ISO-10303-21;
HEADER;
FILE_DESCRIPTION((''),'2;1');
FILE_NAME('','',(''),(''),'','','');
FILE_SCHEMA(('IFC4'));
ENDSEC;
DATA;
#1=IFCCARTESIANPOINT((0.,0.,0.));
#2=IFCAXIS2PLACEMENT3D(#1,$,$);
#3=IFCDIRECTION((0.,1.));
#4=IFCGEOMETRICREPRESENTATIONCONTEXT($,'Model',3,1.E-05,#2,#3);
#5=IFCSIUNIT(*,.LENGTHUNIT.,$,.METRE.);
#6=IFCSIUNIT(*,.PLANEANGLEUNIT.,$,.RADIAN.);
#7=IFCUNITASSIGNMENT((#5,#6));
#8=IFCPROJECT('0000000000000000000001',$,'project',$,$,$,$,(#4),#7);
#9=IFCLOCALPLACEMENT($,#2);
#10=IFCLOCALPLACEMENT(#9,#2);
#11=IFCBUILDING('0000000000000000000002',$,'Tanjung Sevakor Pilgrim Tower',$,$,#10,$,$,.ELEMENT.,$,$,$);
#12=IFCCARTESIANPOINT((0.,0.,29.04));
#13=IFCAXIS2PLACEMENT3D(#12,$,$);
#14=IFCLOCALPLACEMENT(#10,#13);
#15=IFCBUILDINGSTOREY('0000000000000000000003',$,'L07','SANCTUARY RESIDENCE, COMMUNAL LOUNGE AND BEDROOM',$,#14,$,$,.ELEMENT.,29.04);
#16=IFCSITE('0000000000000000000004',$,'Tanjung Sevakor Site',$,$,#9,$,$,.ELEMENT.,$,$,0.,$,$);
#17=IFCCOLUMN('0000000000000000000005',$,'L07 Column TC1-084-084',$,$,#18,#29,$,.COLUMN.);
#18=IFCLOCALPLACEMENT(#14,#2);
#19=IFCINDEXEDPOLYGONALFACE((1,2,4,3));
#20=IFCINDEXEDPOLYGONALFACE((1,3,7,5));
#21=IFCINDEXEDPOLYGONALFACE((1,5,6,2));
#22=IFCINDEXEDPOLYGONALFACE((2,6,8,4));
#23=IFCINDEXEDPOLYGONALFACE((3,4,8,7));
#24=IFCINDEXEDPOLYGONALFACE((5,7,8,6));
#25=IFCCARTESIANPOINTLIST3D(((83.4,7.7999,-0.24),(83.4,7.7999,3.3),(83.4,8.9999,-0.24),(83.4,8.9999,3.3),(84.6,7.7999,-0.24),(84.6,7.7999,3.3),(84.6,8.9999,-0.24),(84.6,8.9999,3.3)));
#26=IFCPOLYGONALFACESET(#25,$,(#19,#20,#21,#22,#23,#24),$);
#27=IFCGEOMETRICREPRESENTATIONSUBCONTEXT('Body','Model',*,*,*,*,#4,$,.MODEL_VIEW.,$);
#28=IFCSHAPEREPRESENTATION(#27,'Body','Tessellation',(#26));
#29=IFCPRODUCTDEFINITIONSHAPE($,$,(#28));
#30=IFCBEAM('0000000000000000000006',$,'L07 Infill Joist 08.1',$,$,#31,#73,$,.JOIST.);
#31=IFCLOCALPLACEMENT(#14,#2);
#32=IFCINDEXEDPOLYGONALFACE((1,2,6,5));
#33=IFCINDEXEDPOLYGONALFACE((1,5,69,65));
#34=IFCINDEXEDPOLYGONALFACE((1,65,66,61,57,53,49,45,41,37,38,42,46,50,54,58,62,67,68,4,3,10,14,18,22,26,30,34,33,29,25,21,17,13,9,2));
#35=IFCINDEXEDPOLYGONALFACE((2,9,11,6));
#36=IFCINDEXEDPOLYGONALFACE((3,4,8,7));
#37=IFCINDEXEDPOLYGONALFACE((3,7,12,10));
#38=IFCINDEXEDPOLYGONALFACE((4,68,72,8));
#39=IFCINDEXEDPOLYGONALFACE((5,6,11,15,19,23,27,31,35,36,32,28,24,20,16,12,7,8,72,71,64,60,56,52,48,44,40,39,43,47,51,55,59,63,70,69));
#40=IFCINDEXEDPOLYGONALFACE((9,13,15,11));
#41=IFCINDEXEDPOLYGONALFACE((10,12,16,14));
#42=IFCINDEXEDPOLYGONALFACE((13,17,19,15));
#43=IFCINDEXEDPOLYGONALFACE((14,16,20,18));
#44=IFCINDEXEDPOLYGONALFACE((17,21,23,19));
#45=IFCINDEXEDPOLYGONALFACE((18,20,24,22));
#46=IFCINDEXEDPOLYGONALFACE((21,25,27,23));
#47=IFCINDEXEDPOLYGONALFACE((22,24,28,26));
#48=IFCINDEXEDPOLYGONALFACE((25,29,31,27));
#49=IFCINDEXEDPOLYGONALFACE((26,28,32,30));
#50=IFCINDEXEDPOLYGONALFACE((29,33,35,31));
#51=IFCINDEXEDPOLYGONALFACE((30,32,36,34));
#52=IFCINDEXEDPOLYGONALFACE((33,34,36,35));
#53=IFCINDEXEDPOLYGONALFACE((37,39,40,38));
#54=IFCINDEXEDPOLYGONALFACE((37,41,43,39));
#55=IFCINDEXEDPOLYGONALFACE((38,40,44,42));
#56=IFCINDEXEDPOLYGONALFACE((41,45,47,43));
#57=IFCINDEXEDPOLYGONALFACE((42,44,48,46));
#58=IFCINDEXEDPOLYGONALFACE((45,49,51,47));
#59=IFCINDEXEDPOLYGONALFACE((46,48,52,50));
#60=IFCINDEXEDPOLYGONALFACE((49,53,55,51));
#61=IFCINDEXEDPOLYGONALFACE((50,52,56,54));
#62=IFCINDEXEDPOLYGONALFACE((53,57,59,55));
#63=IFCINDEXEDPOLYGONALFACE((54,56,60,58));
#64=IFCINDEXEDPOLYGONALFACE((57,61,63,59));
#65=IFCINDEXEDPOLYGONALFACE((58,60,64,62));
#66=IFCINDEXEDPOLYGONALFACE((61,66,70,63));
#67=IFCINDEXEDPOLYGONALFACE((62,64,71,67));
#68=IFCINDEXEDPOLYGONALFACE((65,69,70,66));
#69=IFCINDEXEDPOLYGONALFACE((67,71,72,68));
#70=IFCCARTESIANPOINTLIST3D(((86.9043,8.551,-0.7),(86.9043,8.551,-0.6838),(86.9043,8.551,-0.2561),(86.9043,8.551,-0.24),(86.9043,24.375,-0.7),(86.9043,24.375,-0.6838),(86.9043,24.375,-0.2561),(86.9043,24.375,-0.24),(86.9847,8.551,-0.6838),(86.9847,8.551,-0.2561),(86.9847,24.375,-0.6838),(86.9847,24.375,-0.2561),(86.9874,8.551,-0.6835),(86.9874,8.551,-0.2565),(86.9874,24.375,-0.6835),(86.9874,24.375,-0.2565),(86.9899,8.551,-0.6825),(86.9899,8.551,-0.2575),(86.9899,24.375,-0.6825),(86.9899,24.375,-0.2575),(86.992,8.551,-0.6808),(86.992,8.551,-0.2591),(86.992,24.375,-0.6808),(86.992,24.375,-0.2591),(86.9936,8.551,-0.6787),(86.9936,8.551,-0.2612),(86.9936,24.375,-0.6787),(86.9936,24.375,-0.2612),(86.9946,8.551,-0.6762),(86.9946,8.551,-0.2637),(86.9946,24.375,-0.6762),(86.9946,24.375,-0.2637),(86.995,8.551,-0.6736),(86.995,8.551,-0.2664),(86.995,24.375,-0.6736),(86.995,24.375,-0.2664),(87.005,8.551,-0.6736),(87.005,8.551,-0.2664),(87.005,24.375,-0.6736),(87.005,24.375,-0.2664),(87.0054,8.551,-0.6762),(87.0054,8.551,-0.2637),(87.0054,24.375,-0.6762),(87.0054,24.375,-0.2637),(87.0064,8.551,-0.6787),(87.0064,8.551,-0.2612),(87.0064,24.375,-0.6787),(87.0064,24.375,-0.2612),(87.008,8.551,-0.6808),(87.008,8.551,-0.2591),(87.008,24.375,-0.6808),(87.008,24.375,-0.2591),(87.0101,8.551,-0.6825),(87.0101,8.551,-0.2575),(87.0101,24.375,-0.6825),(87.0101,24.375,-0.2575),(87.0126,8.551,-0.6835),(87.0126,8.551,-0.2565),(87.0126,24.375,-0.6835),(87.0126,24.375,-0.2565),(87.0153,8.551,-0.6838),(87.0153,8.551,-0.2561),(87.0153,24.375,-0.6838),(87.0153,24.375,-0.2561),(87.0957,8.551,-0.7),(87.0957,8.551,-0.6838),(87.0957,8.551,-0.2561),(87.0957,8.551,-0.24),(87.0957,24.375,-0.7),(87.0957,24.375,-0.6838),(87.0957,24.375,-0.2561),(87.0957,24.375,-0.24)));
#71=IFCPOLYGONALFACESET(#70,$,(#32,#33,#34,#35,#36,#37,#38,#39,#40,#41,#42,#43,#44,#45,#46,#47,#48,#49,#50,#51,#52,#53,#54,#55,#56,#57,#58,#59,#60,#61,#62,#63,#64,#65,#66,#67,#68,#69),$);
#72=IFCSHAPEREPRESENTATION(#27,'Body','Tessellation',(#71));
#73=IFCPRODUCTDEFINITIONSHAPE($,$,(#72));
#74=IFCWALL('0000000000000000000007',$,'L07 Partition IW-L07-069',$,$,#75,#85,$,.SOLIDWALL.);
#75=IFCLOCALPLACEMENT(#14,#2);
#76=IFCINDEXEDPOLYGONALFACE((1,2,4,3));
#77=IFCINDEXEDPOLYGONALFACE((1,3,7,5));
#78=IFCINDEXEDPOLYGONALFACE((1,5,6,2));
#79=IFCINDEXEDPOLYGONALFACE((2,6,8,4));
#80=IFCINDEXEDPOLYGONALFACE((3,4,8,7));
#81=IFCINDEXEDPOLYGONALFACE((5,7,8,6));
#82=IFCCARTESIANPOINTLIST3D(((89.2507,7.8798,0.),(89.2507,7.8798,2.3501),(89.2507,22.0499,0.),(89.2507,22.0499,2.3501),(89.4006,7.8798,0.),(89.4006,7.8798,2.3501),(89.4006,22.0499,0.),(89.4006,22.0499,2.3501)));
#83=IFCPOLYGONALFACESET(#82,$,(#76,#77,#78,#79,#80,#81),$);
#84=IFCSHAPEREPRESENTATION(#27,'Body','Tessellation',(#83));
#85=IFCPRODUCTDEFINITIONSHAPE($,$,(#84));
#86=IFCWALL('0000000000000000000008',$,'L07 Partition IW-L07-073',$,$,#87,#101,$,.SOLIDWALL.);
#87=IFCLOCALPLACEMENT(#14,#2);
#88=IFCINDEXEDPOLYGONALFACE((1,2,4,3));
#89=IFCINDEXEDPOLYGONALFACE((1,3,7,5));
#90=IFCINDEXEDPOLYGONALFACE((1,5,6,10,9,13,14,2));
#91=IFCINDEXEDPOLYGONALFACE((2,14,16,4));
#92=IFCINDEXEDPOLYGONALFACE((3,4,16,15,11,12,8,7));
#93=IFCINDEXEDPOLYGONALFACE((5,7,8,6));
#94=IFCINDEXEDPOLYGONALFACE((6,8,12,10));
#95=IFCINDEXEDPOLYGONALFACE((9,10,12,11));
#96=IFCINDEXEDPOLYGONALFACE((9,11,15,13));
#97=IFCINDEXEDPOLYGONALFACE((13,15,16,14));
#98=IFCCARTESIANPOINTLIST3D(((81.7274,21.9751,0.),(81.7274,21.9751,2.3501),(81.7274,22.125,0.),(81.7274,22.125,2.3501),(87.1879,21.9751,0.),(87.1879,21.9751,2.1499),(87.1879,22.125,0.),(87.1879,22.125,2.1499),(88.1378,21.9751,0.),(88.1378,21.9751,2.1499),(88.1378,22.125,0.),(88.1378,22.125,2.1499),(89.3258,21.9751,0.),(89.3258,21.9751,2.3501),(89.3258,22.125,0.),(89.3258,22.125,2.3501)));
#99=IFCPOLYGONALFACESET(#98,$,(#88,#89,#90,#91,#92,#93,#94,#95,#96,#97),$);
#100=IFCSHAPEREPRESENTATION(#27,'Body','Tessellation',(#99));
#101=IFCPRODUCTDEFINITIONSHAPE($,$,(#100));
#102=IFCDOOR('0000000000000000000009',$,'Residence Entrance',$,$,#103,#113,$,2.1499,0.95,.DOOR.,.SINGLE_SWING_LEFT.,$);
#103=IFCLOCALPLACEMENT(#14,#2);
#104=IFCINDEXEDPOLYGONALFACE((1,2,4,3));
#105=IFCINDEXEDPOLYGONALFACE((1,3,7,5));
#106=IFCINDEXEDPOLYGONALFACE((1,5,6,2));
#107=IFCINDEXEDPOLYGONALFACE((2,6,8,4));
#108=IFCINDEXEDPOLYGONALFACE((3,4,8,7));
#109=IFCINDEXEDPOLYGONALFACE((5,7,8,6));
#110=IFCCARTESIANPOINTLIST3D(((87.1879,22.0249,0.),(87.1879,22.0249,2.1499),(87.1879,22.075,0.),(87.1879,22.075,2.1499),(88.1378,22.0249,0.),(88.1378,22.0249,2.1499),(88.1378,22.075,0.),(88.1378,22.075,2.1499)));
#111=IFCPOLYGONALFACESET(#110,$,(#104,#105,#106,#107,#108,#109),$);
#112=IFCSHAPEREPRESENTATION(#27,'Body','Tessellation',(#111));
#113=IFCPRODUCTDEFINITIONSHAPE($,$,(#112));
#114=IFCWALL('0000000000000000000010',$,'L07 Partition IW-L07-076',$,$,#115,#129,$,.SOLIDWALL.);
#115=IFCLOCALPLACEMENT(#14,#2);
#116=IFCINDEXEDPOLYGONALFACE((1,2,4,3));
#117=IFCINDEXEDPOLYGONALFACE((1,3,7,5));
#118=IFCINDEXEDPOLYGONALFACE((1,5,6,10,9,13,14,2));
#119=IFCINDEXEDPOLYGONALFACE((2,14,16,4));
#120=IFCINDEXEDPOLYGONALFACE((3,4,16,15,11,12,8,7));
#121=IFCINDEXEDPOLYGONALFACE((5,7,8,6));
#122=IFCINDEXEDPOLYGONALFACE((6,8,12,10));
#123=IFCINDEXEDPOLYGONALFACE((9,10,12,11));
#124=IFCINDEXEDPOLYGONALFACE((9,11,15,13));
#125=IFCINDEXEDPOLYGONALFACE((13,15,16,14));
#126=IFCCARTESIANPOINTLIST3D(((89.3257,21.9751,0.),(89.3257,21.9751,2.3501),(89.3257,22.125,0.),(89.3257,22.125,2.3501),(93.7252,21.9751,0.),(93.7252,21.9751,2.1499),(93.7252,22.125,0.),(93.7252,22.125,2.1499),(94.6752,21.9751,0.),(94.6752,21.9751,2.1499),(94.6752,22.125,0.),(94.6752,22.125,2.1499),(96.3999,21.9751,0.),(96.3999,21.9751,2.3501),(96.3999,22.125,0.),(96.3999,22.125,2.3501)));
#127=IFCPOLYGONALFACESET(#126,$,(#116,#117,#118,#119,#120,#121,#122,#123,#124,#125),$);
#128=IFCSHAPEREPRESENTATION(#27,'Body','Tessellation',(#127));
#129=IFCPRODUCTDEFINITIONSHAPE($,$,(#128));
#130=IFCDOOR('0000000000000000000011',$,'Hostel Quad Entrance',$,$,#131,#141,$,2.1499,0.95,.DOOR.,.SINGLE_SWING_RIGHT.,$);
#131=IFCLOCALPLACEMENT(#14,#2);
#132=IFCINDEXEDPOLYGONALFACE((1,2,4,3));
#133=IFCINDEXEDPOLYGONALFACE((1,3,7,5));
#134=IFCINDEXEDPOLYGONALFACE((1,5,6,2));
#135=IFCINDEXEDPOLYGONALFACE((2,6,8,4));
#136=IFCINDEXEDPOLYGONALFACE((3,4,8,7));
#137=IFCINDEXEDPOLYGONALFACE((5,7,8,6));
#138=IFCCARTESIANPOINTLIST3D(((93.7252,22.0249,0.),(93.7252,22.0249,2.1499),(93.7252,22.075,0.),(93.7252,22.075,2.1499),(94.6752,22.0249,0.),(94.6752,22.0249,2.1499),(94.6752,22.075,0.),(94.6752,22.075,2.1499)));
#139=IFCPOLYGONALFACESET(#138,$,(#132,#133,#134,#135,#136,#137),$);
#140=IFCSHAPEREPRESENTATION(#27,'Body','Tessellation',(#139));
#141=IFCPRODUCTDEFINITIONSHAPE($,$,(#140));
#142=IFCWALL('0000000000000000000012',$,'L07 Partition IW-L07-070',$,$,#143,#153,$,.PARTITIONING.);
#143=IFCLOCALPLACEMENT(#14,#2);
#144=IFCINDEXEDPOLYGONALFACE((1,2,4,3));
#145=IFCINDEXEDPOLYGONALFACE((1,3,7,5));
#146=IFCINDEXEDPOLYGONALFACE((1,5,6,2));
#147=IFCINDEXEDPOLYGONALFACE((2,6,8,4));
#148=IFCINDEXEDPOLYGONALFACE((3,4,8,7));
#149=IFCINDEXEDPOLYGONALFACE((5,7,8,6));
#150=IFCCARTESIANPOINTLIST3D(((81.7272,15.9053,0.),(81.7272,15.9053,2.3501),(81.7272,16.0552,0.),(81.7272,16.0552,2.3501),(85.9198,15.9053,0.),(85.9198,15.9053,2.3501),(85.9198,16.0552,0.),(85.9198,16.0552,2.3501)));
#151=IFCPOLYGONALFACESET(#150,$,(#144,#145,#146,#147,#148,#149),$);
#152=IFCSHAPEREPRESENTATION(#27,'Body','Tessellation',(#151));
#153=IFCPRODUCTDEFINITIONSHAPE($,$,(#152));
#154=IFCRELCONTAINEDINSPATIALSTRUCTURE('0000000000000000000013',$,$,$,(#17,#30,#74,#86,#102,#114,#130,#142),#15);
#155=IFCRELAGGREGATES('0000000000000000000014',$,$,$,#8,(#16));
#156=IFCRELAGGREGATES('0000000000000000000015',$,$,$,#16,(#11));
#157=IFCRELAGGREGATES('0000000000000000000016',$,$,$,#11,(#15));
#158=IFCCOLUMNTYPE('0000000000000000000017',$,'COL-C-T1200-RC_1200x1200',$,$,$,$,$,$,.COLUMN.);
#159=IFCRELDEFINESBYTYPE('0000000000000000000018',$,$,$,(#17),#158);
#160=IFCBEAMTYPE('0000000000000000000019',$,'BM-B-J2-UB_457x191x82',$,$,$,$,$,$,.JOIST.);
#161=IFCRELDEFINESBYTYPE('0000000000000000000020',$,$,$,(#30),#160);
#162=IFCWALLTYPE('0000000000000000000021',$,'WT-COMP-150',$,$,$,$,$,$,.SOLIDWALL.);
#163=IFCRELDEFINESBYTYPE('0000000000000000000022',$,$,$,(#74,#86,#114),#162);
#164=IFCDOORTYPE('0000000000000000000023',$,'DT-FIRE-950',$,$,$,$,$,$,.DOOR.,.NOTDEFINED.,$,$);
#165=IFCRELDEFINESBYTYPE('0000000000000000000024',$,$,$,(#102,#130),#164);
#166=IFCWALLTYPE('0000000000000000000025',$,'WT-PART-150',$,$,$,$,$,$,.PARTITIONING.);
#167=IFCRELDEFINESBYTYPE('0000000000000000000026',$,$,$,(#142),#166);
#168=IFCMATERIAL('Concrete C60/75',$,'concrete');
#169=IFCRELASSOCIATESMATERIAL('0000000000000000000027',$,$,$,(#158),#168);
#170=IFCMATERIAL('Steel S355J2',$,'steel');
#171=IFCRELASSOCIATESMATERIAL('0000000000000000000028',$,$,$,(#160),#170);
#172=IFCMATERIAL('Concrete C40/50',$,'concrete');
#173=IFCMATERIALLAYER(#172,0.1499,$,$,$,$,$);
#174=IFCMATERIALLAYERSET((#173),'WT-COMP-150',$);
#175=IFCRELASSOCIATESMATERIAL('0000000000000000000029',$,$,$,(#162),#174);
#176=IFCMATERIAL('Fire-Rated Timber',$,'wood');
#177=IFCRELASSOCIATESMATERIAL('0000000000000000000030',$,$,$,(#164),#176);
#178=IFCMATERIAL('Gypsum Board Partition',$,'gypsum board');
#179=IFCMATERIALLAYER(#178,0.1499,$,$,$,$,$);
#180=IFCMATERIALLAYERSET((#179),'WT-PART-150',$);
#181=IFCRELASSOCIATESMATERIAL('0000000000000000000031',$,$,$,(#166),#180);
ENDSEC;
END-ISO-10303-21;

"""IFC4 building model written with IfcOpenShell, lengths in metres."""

from ifc_helpers import new_model, si_unit, direction, frame, frame_2d, origin, origin_2d, place, context, subcontext, project, spatial, rectangle, i_section, extrude, material, layer, layer_set, material_profile, profile_set, type_object, element, fill, save


model = new_model("IFC4")

# Units and contexts
model_context = context("Model", 3, precision=1e-05, world=origin(), true_north=direction((0.0, 1.0)))
body_context = subcontext(model_context, "Body", "Model", "MODEL_VIEW")
ifc_project = project(units=[si_unit("LENGTHUNIT", "METRE"), si_unit("PLANEANGLEUNIT", "RADIAN")], contexts=[model_context])

# Site, building, storey
site_placement = place(None, origin())
site = spatial("IfcSite", under=ifc_project, at=site_placement, Name="Tanjung Sevakor Site", CompositionType="ELEMENT", RefElevation=0.0)
building_placement = place(site_placement, origin())
building = spatial("IfcBuilding", under=site, at=building_placement, Name="Tanjung Sevakor Pilgrim Tower", CompositionType="ELEMENT")
storey_placement = place(building_placement, frame((0.0, 0.0, 29.04)))
storey = spatial("IfcBuildingStorey", under=building, at=storey_placement, Name="L07", Description="SANCTUARY RESIDENCE, COMMUNAL LOUNGE AND BEDROOM", CompositionType="ELEMENT", Elevation=29.04)

# Column
ifc_material_1 = material(Name="Concrete C60/75", Category="concrete")
ifc_material_profile_1 = material_profile(ifc_material_1, rectangle(XDim=1.2, YDim=1.2, at=origin_2d()))
ifc_profile_set_1 = profile_set([ifc_material_profile_1], Name="Concrete C60/75")
column_type = type_object("IfcColumnType", Name="COL-C-T1200-RC_1200x1200", PredefinedType="COLUMN", material=ifc_profile_set_1)
column_placement = place(storey_placement, frame((84.0, 8.3999, -0.24), z_axis=(0.0, 0.0, 1.0), x_axis=(1.0, 0.0, 0.0)))
element("IfcColumn", 1, at=column_placement, inside=storey, type_object=column_type, Name="L07 Column TC1-084-084", PredefinedType="COLUMN", context=body_context, shape_type="SweptSolid", body=[
    extrude(rectangle(XDim=1.2, YDim=1.2, at=origin_2d()), origin(), (0.0, 0.0, 1.0), 3.54),
])

# Beam
ifc_material_2 = material(Name="Steel S355J2", Category="steel")
ifc_material_profile_2 = material_profile(ifc_material_2, i_section(OverallWidth=0.1914, OverallDepth=0.46, WebThickness=0.01, FlangeThickness=0.0161, FilletRadius=0.0103, at=origin_2d()))
ifc_profile_set_2 = profile_set([ifc_material_profile_2], Name="Steel S355J2")
beam_type = type_object("IfcBeamType", Name="BM-B-J2-UB_457x191x82", PredefinedType="JOIST", material=ifc_profile_set_2)
beam_placement = place(storey_placement, frame((87.0, 8.551, -0.47), z_axis=(0.0, 1.0, 0.0), x_axis=(-1.0, 0.0, 0.0)))
element("IfcBeam", 2, at=beam_placement, inside=storey, type_object=beam_type, Name="L07 Infill Joist 08.1", PredefinedType="JOIST", context=body_context, shape_type="SweptSolid", body=[
    extrude(i_section(OverallWidth=0.1914, OverallDepth=0.46, WebThickness=0.01, FlangeThickness=0.0161, FilletRadius=0.0103, at=origin_2d()), origin(), (0.0, 0.0, 1.0), 15.824),
])

# Wall
ifc_material_3 = material(Name="Concrete C40/50", Category="concrete")
ifc_layer_1 = layer(ifc_material_3, 0.1499)
ifc_layer_set_1 = layer_set([ifc_layer_1], Name="WT-COMP-150")
wall_type_1 = type_object("IfcWallType", Name="WT-COMP-150", PredefinedType="SOLIDWALL", material=ifc_layer_set_1)
wall_1_placement = place(storey_placement, frame((89.3257, 7.8799, 0.0), z_axis=(0.0, 0.0, 1.0), x_axis=(0.0, 1.0, 0.0)))
element("IfcWall", 3, at=wall_1_placement, inside=storey, type_object=wall_type_1, Name="L07 Partition IW-L07-069", PredefinedType="SOLIDWALL", context=body_context, shape_type="SweptSolid", body=[
    extrude(rectangle(XDim=14.1702, YDim=0.1499, at=frame_2d((7.085, 0.0))), origin(), (0.0, 0.0, 1.0), 2.3501),
])

# Walls, openings, doors
wall_2_placement = place(storey_placement, frame((81.7273, 22.05, 0.0), z_axis=(0.0, 0.0, 1.0), x_axis=(1.0, 0.0, 0.0)))
wall_2 = element("IfcWall", 4, at=wall_2_placement, inside=storey, type_object=wall_type_1, Name="L07 Partition IW-L07-073", PredefinedType="SOLIDWALL", context=body_context, shape_type="SweptSolid", body=[
    extrude(rectangle(XDim=7.5984, YDim=0.1499, at=frame_2d((3.7993, 0.0))), origin(), (0.0, 0.0, 1.0), 2.3501),
])
opening_1_placement = place(wall_2_placement, frame((5.4604, 0.0, 0.0)))
opening_1 = element("IfcOpeningElement", 5, at=opening_1_placement, cuts=wall_2, PredefinedType="OPENING", context=body_context, shape_type="SweptSolid", body=[
    extrude(rectangle(XDim=0.95, YDim=2.1499, at=frame_2d((0.4751, 1.075))), frame((0.0, 0.085, 0.0), z_axis=(0.0, -1.0, 0.0), x_axis=(1.0, 0.0, 0.0)), (0.0, 0.0, 1.0), 0.1699),
])
ifc_material_4 = material(Name="Fire-Rated Timber", Category="wood")
door_type_1 = type_object("IfcDoorType", Name="DT-FIRE-950", OperationType="NOTDEFINED", PredefinedType="DOOR", material=ifc_material_4)
door_1_placement = place(opening_1_placement, origin())
door_1 = element("IfcDoor", 6, at=door_1_placement, inside=storey, type_object=door_type_1, Name="Residence Entrance", OperationType="SINGLE_SWING_LEFT", OverallHeight=2.1499, OverallWidth=0.95, PredefinedType="DOOR", context=body_context, shape_type="SweptSolid", body=[
    extrude(rectangle(XDim=0.95, YDim=2.1499, at=frame_2d((0.4751, 1.075))), frame((0.0, 0.0249, 0.0), z_axis=(0.0, -1.0, 0.0), x_axis=(1.0, 0.0, 0.0)), (0.0, 0.0, 1.0), 0.05),
])
fill(opening_1, door_1)
wall_3_placement = place(storey_placement, frame((89.3257, 22.05, 0.0), z_axis=(0.0, 0.0, 1.0), x_axis=(1.0, 0.0, 0.0)))
wall_3 = element("IfcWall", 7, at=wall_3_placement, inside=storey, type_object=wall_type_1, Name="L07 Partition IW-L07-076", PredefinedType="SOLIDWALL", context=body_context, shape_type="SweptSolid", body=[
    extrude(rectangle(XDim=7.0742, YDim=0.1499, at=frame_2d((3.5371, 0.0))), origin(), (0.0, 0.0, 1.0), 2.3501),
])
opening_2_placement = place(wall_3_placement, frame((4.3994, 0.0, 0.0)))
opening_2 = element("IfcOpeningElement", 8, at=opening_2_placement, cuts=wall_3, PredefinedType="OPENING", context=body_context, shape_type="SweptSolid", body=[
    extrude(rectangle(XDim=0.95, YDim=2.1499, at=frame_2d((0.4751, 1.075))), frame((0.0, 0.085, 0.0), z_axis=(0.0, -1.0, 0.0), x_axis=(1.0, 0.0, 0.0)), (0.0, 0.0, 1.0), 0.1699),
])
door_2_placement = place(opening_2_placement, origin())
door_2 = element("IfcDoor", 9, at=door_2_placement, inside=storey, type_object=door_type_1, Name="Hostel Quad Entrance", OperationType="SINGLE_SWING_RIGHT", OverallHeight=2.1499, OverallWidth=0.95, PredefinedType="DOOR", context=body_context, shape_type="SweptSolid", body=[
    extrude(rectangle(XDim=0.95, YDim=2.1499, at=frame_2d((0.4751, 1.075))), frame((0.0, 0.0249, 0.0), z_axis=(0.0, -1.0, 0.0), x_axis=(1.0, 0.0, 0.0)), (0.0, 0.0, 1.0), 0.05),
])
fill(opening_2, door_2)

# Wall
ifc_material_5 = material(Name="Gypsum Board Partition", Category="gypsum board")
ifc_layer_2 = layer(ifc_material_5, 0.1499)
ifc_layer_set_2 = layer_set([ifc_layer_2], Name="WT-PART-150")
wall_type_2 = type_object("IfcWallType", Name="WT-PART-150", PredefinedType="PARTITIONING", material=ifc_layer_set_2)
wall_4_placement = place(storey_placement, frame((81.7273, 15.9802, 0.0), z_axis=(0.0, 0.0, 1.0), x_axis=(1.0, 0.0, 0.0)))
element("IfcWall", 10, at=wall_4_placement, inside=storey, type_object=wall_type_2, Name="L07 Partition IW-L07-070", PredefinedType="PARTITIONING", context=body_context, shape_type="SweptSolid", body=[
    extrude(rectangle(XDim=4.1926, YDim=0.1499, at=frame_2d((2.0962, 0.0))), origin(), (0.0, 0.0, 1.0), 2.3501),
])

save(model, "model.ifc")
